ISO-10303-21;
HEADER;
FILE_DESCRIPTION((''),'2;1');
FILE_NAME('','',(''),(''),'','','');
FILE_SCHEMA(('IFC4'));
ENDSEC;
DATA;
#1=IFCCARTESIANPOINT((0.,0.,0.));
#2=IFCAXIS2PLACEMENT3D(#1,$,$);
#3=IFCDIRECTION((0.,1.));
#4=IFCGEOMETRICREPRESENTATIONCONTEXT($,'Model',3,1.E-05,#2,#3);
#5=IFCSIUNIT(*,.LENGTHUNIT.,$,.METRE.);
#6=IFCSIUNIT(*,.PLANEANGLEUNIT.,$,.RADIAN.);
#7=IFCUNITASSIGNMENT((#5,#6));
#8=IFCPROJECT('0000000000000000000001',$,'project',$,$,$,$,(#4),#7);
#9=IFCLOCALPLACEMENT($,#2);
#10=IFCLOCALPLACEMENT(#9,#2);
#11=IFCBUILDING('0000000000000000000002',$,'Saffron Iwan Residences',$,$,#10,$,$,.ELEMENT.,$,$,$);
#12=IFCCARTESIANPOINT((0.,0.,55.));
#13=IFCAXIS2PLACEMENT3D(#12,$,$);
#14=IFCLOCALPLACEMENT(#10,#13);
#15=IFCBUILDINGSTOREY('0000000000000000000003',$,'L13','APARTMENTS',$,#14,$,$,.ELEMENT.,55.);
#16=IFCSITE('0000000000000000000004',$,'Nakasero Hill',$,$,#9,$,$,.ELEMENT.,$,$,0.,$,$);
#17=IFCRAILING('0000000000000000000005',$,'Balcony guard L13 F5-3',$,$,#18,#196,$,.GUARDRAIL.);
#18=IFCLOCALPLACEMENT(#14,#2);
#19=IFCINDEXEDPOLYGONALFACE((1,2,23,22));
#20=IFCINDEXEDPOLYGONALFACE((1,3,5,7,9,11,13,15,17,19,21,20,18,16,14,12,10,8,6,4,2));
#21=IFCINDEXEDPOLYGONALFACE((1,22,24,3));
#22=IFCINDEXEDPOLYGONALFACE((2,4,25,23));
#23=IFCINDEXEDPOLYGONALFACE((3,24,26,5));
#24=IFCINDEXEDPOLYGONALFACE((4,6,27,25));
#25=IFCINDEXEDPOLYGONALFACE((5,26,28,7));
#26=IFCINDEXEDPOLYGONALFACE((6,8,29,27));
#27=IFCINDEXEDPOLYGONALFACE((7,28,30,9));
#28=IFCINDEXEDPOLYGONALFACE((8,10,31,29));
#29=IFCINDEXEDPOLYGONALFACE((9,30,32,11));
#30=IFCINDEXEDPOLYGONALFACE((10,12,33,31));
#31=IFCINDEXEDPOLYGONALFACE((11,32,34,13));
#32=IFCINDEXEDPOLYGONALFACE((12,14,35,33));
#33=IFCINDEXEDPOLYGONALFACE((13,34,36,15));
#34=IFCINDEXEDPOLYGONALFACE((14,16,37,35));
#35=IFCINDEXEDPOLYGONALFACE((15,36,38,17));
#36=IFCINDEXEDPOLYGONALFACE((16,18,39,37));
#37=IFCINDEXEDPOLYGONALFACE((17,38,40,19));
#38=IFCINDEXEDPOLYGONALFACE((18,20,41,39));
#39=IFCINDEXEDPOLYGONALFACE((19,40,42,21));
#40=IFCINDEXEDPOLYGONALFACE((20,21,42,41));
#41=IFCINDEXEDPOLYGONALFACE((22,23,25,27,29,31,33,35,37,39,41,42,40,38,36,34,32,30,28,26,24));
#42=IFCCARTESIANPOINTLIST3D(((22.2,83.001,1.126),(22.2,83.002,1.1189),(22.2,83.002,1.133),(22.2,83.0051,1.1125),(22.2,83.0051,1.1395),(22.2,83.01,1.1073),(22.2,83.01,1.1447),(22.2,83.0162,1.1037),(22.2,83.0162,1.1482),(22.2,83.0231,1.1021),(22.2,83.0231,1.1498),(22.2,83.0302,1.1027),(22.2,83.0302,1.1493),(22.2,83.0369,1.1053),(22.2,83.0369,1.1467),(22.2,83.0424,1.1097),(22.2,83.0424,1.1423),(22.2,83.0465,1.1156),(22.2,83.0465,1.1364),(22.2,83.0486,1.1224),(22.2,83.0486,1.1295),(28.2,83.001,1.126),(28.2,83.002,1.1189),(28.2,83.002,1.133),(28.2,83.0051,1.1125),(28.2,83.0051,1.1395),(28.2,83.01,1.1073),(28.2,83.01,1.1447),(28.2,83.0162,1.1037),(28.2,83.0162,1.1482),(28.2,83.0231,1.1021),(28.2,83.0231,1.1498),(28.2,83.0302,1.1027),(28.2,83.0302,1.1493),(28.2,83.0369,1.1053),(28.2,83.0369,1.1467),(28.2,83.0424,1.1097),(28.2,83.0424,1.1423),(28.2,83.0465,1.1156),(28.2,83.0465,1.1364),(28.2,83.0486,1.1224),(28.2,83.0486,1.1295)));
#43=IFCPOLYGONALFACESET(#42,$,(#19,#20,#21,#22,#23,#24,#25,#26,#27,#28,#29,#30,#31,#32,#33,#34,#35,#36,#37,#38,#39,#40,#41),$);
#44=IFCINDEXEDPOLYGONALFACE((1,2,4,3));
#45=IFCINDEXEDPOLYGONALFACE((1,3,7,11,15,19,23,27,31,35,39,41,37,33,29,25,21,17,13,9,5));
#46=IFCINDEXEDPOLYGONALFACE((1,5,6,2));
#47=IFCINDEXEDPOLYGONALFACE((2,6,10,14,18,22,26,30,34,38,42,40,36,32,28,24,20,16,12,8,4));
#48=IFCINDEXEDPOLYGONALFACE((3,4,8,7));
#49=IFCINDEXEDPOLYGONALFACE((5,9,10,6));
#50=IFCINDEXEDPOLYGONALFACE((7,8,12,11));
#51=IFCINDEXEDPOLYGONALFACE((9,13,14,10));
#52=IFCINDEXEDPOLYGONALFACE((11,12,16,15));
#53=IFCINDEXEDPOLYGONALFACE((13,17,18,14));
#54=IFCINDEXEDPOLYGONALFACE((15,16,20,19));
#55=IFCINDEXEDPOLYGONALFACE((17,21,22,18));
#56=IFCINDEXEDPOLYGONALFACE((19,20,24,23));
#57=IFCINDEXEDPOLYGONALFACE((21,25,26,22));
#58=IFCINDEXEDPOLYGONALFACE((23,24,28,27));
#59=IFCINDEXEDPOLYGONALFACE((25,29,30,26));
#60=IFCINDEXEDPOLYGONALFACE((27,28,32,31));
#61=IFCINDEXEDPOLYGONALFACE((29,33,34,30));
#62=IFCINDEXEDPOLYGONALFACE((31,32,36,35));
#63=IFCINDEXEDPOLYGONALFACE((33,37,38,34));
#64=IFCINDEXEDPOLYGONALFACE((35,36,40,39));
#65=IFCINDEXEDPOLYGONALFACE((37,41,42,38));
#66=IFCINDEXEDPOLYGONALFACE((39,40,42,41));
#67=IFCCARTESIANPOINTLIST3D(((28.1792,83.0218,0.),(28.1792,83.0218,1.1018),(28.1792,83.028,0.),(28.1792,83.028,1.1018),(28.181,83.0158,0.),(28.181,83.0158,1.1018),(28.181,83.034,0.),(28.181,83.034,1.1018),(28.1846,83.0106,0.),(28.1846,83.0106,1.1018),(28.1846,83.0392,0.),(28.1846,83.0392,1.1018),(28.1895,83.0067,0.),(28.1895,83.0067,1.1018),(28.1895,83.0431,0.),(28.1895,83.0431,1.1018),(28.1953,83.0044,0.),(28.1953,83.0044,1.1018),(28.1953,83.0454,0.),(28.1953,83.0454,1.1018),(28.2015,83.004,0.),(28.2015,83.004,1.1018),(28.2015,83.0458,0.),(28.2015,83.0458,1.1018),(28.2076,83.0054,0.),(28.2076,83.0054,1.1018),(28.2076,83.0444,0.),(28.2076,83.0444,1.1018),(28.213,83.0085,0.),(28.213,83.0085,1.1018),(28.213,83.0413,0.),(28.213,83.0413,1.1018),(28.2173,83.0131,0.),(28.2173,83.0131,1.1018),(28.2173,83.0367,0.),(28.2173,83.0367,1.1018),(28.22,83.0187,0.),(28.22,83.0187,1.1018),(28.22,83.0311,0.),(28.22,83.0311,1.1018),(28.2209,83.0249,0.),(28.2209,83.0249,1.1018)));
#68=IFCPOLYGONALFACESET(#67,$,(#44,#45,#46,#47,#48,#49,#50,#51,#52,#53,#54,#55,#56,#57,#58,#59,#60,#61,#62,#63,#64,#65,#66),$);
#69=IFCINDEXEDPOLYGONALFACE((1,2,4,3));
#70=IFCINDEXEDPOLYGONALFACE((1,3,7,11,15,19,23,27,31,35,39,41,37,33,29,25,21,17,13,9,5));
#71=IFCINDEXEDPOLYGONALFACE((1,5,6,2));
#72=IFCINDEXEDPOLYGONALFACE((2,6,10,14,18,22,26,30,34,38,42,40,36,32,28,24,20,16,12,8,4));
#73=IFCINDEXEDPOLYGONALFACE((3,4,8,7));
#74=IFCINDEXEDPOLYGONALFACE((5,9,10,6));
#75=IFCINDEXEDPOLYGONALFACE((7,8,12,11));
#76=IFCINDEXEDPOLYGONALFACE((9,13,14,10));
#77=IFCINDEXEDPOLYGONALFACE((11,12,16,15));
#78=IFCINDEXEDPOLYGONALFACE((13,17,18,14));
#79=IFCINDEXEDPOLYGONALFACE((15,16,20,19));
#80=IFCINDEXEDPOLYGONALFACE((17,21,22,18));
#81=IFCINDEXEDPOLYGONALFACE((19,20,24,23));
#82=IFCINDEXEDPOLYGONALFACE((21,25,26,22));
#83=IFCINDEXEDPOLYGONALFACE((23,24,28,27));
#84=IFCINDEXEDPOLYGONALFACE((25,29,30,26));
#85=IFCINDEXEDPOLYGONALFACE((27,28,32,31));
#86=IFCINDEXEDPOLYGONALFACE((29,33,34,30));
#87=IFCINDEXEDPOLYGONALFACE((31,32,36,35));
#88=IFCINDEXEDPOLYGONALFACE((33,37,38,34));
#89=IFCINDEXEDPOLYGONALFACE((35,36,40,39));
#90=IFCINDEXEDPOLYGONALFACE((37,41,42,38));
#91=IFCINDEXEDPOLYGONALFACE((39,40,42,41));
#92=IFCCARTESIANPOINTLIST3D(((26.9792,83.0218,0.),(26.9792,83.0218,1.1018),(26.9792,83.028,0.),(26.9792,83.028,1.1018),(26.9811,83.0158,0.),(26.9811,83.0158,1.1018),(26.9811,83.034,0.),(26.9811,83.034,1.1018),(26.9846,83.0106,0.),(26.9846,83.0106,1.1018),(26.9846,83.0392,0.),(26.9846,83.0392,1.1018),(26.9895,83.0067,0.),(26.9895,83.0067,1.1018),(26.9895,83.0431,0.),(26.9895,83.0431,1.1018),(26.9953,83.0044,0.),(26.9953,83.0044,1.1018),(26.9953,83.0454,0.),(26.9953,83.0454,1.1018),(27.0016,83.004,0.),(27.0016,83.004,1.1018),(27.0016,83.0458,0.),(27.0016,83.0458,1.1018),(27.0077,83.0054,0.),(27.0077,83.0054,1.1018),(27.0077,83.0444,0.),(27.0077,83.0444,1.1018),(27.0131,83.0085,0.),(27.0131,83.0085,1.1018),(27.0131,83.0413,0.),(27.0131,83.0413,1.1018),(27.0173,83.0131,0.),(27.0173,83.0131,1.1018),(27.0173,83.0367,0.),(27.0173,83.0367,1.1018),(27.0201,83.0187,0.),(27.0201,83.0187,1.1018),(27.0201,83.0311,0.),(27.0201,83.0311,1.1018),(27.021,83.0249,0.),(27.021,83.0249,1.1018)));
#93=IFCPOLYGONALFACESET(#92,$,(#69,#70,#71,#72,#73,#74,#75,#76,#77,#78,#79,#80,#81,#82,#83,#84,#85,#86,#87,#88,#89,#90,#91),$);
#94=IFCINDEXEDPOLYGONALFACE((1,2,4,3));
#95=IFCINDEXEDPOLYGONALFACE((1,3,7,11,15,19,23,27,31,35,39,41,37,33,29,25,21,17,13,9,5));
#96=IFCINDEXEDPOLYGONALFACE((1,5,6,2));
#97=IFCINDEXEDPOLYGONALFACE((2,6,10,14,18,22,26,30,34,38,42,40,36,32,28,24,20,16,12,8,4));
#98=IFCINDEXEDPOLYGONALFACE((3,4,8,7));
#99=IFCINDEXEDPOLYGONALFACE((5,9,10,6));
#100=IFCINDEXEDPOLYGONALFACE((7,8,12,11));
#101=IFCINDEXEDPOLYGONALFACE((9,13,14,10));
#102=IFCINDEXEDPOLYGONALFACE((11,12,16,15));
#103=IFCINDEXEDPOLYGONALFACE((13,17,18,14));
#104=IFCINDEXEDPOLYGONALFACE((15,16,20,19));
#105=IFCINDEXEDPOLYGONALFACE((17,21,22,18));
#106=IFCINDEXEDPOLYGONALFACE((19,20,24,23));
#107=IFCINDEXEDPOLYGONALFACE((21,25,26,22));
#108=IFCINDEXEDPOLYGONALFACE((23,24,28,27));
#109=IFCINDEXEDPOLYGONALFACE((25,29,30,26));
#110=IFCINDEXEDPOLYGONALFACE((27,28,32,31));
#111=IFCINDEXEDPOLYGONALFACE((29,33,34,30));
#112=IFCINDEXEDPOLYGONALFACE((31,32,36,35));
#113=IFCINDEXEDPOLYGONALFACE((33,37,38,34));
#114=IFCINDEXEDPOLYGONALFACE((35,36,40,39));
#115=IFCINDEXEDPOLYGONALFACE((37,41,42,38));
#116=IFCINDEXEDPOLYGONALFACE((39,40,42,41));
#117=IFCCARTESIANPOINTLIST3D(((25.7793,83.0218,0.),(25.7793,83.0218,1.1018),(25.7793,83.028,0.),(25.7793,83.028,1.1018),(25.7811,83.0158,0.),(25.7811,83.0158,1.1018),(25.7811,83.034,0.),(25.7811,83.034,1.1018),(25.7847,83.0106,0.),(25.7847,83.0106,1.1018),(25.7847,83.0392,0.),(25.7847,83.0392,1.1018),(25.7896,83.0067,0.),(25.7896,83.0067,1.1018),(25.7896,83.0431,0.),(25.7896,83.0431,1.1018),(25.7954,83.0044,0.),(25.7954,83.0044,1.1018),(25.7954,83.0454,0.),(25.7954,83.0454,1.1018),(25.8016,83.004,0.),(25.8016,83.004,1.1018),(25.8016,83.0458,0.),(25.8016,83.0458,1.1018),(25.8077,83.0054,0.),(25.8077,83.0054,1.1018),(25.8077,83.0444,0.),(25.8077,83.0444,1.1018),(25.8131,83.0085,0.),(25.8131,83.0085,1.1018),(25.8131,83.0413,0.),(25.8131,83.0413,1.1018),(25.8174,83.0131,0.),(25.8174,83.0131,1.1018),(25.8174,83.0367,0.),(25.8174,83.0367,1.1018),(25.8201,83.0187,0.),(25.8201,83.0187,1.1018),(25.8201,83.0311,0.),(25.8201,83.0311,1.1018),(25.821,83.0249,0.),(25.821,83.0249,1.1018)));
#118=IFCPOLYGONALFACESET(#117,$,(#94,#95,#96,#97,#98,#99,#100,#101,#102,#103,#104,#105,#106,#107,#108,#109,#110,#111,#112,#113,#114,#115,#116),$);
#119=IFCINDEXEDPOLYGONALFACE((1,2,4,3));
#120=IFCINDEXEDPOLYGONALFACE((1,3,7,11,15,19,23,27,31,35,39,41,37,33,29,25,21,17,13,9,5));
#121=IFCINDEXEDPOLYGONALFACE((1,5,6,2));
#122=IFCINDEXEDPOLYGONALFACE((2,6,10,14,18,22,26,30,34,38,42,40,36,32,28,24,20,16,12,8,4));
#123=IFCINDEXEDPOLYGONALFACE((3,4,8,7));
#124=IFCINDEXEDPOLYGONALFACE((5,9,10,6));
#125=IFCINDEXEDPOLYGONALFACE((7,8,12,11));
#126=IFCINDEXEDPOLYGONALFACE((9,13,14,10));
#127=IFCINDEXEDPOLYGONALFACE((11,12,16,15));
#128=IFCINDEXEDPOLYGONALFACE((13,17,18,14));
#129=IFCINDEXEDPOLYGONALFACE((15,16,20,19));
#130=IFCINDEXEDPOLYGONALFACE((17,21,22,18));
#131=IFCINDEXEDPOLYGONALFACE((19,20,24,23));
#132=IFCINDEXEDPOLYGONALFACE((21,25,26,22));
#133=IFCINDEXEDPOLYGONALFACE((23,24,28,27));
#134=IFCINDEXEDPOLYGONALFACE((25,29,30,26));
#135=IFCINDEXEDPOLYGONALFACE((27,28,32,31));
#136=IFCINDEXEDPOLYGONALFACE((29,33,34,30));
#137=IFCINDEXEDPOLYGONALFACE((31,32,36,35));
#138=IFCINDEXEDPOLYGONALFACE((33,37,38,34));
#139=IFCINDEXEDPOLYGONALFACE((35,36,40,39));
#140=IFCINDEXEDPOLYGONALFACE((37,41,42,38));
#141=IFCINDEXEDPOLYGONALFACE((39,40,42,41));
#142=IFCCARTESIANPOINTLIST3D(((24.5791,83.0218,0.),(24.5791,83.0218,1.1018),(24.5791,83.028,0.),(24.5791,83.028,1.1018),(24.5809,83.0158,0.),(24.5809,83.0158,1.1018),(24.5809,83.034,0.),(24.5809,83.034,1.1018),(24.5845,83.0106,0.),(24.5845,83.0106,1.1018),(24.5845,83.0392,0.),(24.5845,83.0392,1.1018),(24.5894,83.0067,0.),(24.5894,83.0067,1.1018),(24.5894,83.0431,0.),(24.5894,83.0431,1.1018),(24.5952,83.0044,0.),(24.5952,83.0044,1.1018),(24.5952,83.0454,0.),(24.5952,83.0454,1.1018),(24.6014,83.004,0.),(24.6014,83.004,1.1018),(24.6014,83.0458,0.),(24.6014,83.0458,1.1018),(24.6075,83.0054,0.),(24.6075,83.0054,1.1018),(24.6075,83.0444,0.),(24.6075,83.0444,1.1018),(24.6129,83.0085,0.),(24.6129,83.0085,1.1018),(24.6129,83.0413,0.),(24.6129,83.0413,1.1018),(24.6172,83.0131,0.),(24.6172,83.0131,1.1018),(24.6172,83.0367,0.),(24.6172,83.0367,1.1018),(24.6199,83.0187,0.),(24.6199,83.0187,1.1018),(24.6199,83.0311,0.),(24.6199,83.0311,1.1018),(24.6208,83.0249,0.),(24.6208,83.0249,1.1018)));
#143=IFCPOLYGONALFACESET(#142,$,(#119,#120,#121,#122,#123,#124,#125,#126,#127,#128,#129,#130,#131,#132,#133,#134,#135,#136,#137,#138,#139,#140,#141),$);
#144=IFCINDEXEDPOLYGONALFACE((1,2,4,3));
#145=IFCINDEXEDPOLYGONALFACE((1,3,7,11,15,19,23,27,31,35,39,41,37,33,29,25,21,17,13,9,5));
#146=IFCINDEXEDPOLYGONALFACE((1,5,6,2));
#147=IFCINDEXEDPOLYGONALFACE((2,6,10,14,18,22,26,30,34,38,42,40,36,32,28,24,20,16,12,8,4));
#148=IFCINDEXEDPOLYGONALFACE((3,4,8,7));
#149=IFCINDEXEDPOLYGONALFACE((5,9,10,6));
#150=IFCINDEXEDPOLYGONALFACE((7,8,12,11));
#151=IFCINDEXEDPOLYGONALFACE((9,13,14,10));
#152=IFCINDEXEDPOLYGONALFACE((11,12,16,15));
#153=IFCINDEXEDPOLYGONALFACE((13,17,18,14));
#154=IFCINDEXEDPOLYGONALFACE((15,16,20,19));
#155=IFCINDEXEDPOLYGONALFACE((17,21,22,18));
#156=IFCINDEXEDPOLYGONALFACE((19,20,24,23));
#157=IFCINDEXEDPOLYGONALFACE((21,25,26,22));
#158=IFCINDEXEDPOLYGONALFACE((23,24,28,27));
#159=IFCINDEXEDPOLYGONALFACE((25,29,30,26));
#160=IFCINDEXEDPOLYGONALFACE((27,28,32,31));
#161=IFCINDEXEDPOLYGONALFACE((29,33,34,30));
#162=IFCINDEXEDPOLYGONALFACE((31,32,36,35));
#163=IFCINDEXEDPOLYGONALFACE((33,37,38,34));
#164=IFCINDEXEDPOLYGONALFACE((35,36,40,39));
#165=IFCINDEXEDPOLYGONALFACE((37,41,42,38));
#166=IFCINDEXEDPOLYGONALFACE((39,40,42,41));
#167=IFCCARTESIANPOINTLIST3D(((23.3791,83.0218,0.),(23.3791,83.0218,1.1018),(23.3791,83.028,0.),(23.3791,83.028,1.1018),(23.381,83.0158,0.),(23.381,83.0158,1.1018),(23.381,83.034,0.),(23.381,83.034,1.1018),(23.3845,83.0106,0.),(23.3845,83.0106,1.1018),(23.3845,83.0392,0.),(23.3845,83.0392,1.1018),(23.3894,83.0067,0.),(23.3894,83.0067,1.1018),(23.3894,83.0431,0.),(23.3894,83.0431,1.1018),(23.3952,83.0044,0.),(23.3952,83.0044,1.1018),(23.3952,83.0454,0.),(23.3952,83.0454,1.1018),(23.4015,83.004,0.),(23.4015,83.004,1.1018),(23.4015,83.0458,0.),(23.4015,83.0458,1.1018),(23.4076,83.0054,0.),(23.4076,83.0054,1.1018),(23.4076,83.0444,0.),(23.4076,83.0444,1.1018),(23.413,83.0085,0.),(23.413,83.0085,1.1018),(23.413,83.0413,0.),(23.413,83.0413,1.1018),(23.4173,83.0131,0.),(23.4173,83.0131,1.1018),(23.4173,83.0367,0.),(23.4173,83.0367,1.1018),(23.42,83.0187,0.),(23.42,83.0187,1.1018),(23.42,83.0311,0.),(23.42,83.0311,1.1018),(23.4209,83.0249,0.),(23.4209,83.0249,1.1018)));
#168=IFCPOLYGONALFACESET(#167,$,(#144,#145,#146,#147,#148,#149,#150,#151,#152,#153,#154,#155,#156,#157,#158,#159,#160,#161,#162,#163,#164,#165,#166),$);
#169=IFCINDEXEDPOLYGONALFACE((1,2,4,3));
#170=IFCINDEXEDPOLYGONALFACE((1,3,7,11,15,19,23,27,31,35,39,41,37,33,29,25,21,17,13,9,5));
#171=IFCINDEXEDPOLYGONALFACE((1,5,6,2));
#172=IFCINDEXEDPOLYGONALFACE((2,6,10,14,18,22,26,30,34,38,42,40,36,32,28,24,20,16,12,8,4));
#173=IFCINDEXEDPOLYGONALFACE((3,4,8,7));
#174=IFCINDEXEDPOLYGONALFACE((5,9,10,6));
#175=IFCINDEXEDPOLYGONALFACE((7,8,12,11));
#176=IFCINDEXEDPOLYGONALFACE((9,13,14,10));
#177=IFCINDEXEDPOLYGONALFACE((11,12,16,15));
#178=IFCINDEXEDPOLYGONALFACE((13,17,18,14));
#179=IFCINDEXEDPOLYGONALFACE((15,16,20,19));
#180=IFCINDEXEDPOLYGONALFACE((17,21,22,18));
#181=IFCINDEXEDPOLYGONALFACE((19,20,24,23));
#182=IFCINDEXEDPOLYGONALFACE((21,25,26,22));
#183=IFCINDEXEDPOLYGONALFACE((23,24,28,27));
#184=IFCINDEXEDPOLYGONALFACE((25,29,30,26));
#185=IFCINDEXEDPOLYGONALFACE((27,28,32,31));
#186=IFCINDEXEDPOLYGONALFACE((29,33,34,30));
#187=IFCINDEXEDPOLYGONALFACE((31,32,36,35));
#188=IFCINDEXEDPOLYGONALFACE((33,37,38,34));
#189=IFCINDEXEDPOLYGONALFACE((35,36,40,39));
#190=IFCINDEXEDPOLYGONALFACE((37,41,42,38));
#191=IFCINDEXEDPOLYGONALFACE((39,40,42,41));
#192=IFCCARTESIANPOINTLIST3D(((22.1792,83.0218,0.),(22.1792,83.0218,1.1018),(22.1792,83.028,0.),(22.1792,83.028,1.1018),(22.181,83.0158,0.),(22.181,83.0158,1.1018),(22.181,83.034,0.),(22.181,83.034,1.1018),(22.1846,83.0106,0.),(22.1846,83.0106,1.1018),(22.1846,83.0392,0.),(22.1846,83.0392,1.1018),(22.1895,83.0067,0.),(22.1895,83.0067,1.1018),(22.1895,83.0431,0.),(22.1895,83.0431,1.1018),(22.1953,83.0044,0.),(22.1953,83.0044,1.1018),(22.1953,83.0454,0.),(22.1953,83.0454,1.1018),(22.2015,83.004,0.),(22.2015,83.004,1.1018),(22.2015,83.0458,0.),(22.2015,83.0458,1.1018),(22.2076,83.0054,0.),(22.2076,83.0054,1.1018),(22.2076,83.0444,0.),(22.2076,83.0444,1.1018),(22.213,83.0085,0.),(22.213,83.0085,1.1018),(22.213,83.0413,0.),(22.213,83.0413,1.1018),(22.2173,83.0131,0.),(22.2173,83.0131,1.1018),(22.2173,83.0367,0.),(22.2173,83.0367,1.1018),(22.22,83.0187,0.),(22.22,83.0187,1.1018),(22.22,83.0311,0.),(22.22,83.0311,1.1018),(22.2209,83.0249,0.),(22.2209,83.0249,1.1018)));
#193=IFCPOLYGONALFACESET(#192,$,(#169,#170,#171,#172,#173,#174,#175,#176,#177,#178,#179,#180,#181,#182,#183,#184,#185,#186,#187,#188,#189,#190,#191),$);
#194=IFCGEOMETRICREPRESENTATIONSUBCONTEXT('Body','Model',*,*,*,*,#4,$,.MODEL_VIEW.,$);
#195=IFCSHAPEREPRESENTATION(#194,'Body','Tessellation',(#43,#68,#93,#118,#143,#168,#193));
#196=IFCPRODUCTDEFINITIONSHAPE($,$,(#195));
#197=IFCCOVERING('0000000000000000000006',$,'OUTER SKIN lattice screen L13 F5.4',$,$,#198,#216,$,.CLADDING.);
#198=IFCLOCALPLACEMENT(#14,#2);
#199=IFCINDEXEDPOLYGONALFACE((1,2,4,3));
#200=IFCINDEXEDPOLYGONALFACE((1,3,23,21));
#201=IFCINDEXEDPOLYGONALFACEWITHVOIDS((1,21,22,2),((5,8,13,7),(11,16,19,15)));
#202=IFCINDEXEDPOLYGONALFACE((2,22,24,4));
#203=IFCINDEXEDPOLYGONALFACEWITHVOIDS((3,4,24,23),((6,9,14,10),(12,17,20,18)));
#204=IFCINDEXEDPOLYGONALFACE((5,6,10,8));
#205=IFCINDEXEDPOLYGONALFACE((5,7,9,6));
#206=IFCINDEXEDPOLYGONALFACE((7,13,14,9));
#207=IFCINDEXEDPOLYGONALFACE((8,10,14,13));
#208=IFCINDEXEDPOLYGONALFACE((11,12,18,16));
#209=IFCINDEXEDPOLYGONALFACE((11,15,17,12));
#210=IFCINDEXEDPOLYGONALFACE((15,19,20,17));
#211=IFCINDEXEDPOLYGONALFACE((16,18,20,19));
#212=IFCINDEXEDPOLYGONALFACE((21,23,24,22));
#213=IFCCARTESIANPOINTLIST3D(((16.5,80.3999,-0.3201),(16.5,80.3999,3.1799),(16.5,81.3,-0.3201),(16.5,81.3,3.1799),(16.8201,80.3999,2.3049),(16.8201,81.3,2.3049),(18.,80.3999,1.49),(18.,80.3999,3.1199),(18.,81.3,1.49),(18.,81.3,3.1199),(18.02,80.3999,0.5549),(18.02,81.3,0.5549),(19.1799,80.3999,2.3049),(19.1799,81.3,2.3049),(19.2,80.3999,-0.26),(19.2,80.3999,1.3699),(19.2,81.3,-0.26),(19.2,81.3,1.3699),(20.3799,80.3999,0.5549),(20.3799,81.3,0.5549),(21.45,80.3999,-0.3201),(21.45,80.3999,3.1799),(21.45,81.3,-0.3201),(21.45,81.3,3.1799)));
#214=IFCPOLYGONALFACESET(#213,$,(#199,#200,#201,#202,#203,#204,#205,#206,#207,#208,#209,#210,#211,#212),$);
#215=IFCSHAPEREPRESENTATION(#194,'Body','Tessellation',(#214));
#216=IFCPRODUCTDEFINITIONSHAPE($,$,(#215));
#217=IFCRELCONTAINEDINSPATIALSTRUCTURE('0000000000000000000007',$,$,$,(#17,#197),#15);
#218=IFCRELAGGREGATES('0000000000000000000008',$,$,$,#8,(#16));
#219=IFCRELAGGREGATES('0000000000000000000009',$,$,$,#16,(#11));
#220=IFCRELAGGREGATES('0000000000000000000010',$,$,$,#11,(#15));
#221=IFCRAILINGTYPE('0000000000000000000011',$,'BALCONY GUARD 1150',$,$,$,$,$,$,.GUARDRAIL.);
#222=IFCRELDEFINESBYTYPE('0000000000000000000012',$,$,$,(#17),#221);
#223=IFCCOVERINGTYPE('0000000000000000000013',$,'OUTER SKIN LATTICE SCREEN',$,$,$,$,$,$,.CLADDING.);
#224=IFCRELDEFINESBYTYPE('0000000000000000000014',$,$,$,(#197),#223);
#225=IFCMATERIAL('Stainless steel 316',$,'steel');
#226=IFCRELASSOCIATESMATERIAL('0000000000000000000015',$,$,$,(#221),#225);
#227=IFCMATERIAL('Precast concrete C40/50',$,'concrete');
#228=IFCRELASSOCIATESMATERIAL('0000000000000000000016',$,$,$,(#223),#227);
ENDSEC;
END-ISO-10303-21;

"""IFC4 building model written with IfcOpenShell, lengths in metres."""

from ifc_helpers import new_model, si_unit, direction, frame, origin, origin_2d, place, context, subcontext, project, spatial, polyline, circle, outline, extrude, material, type_object, element, save


model = new_model("IFC4")

# Units and contexts
model_context = context("Model", 3, precision=1e-05, world=origin(), true_north=direction((0.0, 1.0)))
body_context = subcontext(model_context, "Body", "Model", "MODEL_VIEW")
ifc_project = project(units=[si_unit("LENGTHUNIT", "METRE"), si_unit("PLANEANGLEUNIT", "RADIAN")], contexts=[model_context])

# Site, building, storey
site_placement = place(None, origin())
site = spatial("IfcSite", under=ifc_project, at=site_placement, Name="Nakasero Hill", CompositionType="ELEMENT", RefElevation=0.0)
building_placement = place(site_placement, origin())
building = spatial("IfcBuilding", under=site, at=building_placement, Name="Saffron Iwan Residences", CompositionType="ELEMENT")
storey_placement = place(building_placement, frame((0.0, 0.0, 55.0)))
storey = spatial("IfcBuildingStorey", under=building, at=storey_placement, Name="L13", Description="APARTMENTS", CompositionType="ELEMENT", Elevation=55.0)

# Railing
ifc_material_1 = material(Name="Stainless steel 316", Category="steel")
railing_type = type_object("IfcRailingType", Name="BALCONY GUARD 1150", PredefinedType="GUARDRAIL", material=ifc_material_1)
railing_placement = place(storey_placement, frame((28.2, 83.0249, 0.0)))
element("IfcRailing", 1, at=railing_placement, inside=storey, type_object=railing_type, Name="Balcony guard L13 F5-3", PredefinedType="GUARDRAIL", context=body_context, shape_type="SweptSolid", body=[
    extrude(circle(Radius=0.0239, at=origin_2d()), frame((0.0, 0.0, 1.126), z_axis=(-1.0, 0.0, 0.0), x_axis=(0.0, -1.0, 0.0)), (0.0, 0.0, 1.0), 6.0),
    extrude(circle(Radius=0.021, at=origin_2d()), origin(), (0.0, 0.0, 1.0), 1.1018),
    extrude(circle(Radius=0.021, at=origin_2d()), frame((-1.2, 0.0, 0.0)), (0.0, 0.0, 1.0), 1.1018),
    extrude(circle(Radius=0.021, at=origin_2d()), frame((-2.3999, 0.0, 0.0)), (0.0, 0.0, 1.0), 1.1018),
    extrude(circle(Radius=0.021, at=origin_2d()), frame((-3.6001, 0.0, 0.0)), (0.0, 0.0, 1.0), 1.1018),
    extrude(circle(Radius=0.021, at=origin_2d()), frame((-4.8, 0.0, 0.0)), (0.0, 0.0, 1.0), 1.1018),
    extrude(circle(Radius=0.021, at=origin_2d()), frame((-6.0, 0.0, 0.0)), (0.0, 0.0, 1.0), 1.1018),
])

# Covering
ifc_material_2 = material(Name="Precast concrete C40/50", Category="concrete")
covering_type = type_object("IfcCoveringType", Name="OUTER SKIN LATTICE SCREEN", PredefinedType="CLADDING", material=ifc_material_2)
covering_placement = place(storey_placement, frame((21.45, 80.3999, -0.3201), z_axis=(0.0, 1.0, 0.0), x_axis=(-1.0, 0.0, 0.0)))
element("IfcCovering", 2, at=covering_placement, inside=storey, type_object=covering_type, Name="OUTER SKIN lattice screen L13 F5.4", PredefinedType="CLADDING", context=body_context, shape_type="SweptSolid", body=[
    extrude(outline(polyline([(0.0, 0.0), (4.95, 0.0), (4.95, 3.5), (0.0, 3.5), (0.0, 0.0)]), holes=[polyline([(1.0701, 0.875), (2.25, 0.0601), (3.4299, 0.875), (2.25, 1.6899), (1.0701, 0.875)]), polyline([(2.27, 2.625), (3.45, 1.8101), (4.6299, 2.625), (3.45, 3.4399), (2.27, 2.625)])]), origin(), (0.0, 0.0, 1.0), 0.9001),
])

save(model, "model.ifc")
